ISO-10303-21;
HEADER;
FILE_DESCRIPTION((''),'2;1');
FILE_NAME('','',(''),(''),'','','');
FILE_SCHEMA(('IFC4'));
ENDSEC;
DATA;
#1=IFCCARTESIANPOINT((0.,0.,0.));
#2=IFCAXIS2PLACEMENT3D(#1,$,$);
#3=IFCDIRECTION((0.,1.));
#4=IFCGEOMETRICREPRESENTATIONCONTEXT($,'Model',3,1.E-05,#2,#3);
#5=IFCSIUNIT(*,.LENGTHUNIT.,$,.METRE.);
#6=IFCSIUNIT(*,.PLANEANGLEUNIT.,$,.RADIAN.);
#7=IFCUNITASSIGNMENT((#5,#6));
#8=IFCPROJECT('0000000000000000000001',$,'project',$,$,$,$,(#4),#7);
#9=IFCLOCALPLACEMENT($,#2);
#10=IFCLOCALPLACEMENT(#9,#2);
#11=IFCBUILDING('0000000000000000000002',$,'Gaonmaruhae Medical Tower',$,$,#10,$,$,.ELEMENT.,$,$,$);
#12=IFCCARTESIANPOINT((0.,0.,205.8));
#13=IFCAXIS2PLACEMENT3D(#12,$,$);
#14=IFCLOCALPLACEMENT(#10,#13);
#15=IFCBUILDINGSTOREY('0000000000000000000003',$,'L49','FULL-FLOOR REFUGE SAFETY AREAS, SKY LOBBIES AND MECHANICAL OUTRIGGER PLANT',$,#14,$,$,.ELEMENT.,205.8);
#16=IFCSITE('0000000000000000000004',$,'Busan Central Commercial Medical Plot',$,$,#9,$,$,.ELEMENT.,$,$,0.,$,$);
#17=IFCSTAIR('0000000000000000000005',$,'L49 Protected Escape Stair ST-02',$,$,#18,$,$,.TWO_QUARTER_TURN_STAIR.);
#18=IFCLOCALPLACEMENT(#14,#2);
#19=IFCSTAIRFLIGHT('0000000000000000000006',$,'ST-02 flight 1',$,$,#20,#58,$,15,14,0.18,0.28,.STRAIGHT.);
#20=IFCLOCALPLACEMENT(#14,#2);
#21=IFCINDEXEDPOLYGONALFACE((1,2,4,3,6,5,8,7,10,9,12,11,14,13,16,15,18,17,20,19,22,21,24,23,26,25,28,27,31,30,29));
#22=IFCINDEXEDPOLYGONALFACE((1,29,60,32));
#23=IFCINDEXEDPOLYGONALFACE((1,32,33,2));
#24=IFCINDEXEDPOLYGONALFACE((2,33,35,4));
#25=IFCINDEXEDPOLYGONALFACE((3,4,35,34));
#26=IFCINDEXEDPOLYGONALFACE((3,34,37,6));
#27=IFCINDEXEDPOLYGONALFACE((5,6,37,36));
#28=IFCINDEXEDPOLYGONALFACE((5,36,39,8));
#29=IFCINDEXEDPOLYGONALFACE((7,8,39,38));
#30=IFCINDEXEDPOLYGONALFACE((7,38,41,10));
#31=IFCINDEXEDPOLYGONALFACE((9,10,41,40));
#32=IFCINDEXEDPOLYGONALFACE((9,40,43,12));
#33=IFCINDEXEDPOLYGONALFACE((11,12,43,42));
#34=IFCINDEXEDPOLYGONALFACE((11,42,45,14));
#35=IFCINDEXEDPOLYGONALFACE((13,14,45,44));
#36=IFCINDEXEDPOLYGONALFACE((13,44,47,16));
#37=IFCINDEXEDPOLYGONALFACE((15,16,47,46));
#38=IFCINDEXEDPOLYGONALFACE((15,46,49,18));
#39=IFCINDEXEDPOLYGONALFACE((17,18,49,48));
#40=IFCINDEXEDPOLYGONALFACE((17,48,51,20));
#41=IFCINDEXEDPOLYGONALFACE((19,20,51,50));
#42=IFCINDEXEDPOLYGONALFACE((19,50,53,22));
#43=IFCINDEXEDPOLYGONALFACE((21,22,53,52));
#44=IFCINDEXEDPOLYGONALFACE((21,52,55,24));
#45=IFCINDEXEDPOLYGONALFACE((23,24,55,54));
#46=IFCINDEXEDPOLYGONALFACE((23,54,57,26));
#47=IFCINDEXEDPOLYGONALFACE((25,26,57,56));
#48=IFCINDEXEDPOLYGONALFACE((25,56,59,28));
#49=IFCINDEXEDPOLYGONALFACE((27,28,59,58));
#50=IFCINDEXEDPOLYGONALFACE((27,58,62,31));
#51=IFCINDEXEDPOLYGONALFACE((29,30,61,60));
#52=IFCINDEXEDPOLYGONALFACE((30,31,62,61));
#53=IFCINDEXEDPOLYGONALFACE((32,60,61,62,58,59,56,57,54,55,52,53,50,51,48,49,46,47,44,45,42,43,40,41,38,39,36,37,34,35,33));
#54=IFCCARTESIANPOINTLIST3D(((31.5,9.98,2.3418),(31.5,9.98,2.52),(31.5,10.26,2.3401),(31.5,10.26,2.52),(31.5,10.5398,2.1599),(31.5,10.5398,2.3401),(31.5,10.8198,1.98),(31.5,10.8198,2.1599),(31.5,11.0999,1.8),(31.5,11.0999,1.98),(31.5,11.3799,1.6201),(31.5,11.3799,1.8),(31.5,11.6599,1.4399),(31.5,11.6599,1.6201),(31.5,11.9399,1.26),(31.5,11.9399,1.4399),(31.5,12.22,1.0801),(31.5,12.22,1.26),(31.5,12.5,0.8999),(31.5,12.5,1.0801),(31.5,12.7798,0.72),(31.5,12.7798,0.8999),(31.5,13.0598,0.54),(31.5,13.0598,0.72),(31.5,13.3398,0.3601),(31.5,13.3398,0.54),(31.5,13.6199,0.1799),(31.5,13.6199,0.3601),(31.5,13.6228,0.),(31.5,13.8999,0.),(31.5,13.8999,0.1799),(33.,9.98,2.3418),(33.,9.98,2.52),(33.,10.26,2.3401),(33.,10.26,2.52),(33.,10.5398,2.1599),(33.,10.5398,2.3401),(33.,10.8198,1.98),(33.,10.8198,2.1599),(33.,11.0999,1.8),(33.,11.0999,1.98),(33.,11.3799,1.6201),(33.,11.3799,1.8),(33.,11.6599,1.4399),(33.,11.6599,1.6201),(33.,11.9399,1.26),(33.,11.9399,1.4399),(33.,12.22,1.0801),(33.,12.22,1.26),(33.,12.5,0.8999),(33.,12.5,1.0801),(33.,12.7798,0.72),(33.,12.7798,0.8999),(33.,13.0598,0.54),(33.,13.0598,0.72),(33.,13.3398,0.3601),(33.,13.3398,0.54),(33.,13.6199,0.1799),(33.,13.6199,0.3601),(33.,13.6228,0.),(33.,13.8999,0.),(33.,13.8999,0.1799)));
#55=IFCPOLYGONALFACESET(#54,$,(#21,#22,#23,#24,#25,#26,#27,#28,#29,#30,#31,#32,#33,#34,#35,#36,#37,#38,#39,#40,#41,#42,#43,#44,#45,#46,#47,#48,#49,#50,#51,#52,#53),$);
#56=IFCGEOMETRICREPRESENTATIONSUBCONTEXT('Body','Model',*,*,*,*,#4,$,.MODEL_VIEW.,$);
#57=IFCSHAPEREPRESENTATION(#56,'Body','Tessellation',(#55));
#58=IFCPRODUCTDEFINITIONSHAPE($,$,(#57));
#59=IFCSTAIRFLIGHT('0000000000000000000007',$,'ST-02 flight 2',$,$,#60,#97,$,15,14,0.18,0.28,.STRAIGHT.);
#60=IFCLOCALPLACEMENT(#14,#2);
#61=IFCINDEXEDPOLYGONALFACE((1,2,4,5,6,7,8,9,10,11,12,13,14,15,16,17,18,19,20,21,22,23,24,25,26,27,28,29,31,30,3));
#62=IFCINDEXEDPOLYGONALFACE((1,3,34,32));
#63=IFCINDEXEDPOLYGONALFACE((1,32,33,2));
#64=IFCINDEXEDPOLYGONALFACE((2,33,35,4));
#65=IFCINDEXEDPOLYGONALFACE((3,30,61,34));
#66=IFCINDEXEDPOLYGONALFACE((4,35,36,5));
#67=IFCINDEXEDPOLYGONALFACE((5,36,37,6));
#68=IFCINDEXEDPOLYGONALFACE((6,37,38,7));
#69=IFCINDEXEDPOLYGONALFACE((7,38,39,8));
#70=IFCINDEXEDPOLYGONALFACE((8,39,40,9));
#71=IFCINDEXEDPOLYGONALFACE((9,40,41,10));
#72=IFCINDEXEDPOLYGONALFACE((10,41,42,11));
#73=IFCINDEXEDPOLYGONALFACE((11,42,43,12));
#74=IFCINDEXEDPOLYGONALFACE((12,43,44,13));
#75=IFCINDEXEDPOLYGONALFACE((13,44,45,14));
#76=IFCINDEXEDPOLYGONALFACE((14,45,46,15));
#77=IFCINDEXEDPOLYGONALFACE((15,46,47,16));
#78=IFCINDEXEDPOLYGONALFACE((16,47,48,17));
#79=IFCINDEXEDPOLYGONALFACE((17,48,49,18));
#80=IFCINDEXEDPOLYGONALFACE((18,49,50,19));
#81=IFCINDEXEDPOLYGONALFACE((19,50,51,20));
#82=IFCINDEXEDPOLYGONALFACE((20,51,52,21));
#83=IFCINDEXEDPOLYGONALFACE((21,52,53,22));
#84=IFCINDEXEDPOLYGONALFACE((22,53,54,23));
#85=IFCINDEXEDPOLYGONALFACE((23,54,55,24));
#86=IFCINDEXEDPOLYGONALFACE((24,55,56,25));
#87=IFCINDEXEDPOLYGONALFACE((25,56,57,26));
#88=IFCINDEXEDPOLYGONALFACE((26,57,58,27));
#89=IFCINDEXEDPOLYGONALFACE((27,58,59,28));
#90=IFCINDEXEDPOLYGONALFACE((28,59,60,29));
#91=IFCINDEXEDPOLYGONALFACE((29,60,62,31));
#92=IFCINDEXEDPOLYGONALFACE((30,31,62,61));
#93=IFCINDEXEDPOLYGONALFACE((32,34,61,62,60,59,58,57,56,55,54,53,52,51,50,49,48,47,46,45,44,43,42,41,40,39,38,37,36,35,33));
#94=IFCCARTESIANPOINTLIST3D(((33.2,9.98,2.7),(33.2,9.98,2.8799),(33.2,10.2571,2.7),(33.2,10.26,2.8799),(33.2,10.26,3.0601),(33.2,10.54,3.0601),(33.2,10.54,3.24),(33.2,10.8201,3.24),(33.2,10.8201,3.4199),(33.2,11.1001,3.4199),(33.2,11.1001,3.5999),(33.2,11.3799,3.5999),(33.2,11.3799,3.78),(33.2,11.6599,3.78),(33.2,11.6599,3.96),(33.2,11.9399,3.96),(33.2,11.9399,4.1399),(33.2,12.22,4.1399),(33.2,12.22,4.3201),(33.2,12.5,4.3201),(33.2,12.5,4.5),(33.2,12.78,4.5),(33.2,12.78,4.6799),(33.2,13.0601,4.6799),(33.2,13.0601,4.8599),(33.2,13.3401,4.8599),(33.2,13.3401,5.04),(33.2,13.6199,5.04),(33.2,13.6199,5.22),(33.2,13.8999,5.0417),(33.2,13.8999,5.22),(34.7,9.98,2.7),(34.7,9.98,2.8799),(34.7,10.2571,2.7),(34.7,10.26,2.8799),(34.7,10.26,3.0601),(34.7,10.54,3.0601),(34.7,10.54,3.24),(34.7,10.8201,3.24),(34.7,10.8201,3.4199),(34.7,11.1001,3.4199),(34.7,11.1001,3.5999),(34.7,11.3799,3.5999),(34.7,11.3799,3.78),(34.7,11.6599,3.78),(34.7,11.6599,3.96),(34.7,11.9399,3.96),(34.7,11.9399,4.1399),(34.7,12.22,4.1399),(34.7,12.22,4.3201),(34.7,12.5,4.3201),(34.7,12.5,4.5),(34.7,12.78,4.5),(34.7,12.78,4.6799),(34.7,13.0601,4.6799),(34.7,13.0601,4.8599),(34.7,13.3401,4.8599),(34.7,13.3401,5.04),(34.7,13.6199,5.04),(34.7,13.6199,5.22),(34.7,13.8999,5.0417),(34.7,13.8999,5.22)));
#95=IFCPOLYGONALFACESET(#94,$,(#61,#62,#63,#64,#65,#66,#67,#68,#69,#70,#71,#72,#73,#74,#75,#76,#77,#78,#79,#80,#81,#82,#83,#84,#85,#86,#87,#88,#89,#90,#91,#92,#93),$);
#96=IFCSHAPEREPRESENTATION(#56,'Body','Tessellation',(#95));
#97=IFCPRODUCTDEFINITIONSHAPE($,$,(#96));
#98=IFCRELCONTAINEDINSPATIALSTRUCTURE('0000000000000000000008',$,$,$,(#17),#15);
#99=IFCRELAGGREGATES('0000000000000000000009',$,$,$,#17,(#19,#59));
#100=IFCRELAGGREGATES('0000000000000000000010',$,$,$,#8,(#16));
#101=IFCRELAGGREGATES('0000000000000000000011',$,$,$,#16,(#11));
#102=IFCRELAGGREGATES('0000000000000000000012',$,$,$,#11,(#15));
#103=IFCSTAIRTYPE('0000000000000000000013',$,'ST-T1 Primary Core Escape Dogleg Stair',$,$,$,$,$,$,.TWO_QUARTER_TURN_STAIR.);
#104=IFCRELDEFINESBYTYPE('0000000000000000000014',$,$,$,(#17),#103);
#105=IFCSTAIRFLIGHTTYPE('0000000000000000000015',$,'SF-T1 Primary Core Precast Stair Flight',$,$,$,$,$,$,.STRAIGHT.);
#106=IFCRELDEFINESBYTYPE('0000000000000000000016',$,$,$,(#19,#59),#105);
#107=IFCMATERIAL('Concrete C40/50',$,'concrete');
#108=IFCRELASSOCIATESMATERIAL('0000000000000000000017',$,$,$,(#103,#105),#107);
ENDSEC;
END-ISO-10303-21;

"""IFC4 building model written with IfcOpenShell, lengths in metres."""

from ifc_helpers import new_model, si_unit, direction, frame, origin, place, context, subcontext, project, spatial, polyline, outline, extrude, material, type_object, element, aggregate, save


model = new_model("IFC4")

# Units and contexts
model_context = context("Model", 3, precision=1e-05, world=origin(), true_north=direction((0.0, 1.0)))
body_context = subcontext(model_context, "Body", "Model", "MODEL_VIEW")
ifc_project = project(units=[si_unit("LENGTHUNIT", "METRE"), si_unit("PLANEANGLEUNIT", "RADIAN")], contexts=[model_context])

# Site, building, storey
site_placement = place(None, origin())
site = spatial("IfcSite", under=ifc_project, at=site_placement, Name="Busan Central Commercial Medical Plot", CompositionType="ELEMENT", RefElevation=0.0)
building_placement = place(site_placement, origin())
building = spatial("IfcBuilding", under=site, at=building_placement, Name="Gaonmaruhae Medical Tower", CompositionType="ELEMENT")
storey_placement = place(building_placement, frame((0.0, 0.0, 205.8)))
storey = spatial("IfcBuildingStorey", under=building, at=storey_placement, Name="L49", Description="FULL-FLOOR REFUGE SAFETY AREAS, SKY LOBBIES AND MECHANICAL OUTRIGGER PLANT", CompositionType="ELEMENT", Elevation=205.8)

# Stair, stair flights
ifc_material_1 = material(Name="Concrete C40/50", Category="concrete")
stair_type = type_object("IfcStairType", Name="ST-T1 Primary Core Escape Dogleg Stair", PredefinedType="TWO_QUARTER_TURN_STAIR", material=ifc_material_1)
stair_placement = place(storey_placement, origin())
stair = element("IfcStair", 1, at=stair_placement, inside=storey, type_object=stair_type, Name="L49 Protected Escape Stair ST-02", PredefinedType="TWO_QUARTER_TURN_STAIR")
stair_flight_type = type_object("IfcStairFlightType", Name="SF-T1 Primary Core Precast Stair Flight", PredefinedType="STRAIGHT", material=ifc_material_1)
stair_flight_1_placement = place(storey_placement, frame((32.25, 13.8999, 0.0), z_axis=(0.0, 0.0, 1.0), x_axis=(0.0, -1.0, 0.0)))
stair_flight_1 = element("IfcStairFlight", 2, at=stair_flight_1_placement, type_object=stair_flight_type, Name="ST-02 flight 1", NumberOfRisers=15, NumberOfTreads=14, PredefinedType="STRAIGHT", RiserHeight=0.18, TreadLength=0.28, context=body_context, shape_type="SweptSolid", body=[
    extrude(outline(polyline([(0.0, 0.0), (0.0, 0.1799), (0.28, 0.1799), (0.28, 0.3601), (0.5601, 0.3601), (0.5601, 0.54), (0.8401, 0.54), (0.8401, 0.72), (1.1201, 0.72), (1.1201, 0.8999), (1.3999, 0.8999), (1.3999, 1.0801), (1.6799, 1.0801), (1.6799, 1.26), (1.96, 1.26), (1.96, 1.4399), (2.24, 1.4399), (2.24, 1.6201), (2.52, 1.6201), (2.52, 1.8), (2.8, 1.8), (2.8, 1.98), (3.0801, 1.98), (3.0801, 2.1599), (3.3601, 2.1599), (3.3601, 2.3401), (3.6399, 2.3401), (3.6399, 2.52), (3.9199, 2.52), (3.9199, 2.7), (3.9199, 2.3418), (0.2771, 0.0), (0.0, 0.0)])), frame((0.0, 0.75, 0.0), z_axis=(0.0, -1.0, 0.0), x_axis=(1.0, 0.0, 0.0)), (0.0, 0.0, 1.0), 1.5),
])
stair_flight_2_placement = place(storey_placement, frame((33.95, 9.98, 2.7), z_axis=(0.0, 0.0, 1.0), x_axis=(0.0, 1.0, 0.0)))
stair_flight_2 = element("IfcStairFlight", 3, at=stair_flight_2_placement, type_object=stair_flight_type, Name="ST-02 flight 2", NumberOfRisers=15, NumberOfTreads=14, PredefinedType="STRAIGHT", RiserHeight=0.18, TreadLength=0.28, context=body_context, shape_type="SweptSolid", body=[
    extrude(outline(polyline([(0.0, 0.0), (0.0, 0.1799), (0.28, 0.1799), (0.28, 0.3601), (0.5601, 0.3601), (0.5601, 0.54), (0.8401, 0.54), (0.8401, 0.72), (1.1201, 0.72), (1.1201, 0.8999), (1.3999, 0.8999), (1.3999, 1.0801), (1.6799, 1.0801), (1.6799, 1.26), (1.96, 1.26), (1.96, 1.4399), (2.24, 1.4399), (2.24, 1.6201), (2.52, 1.6201), (2.52, 1.8), (2.8, 1.8), (2.8, 1.98), (3.0801, 1.98), (3.0801, 2.1599), (3.3601, 2.1599), (3.3601, 2.3401), (3.6399, 2.3401), (3.6399, 2.52), (3.9199, 2.52), (3.9199, 2.7), (3.9199, 2.3418), (0.2771, 0.0), (0.0, 0.0)])), frame((0.0, 0.75, 0.0), z_axis=(0.0, -1.0, 0.0), x_axis=(1.0, 0.0, 0.0)), (0.0, 0.0, 1.0), 1.5),
])
aggregate(stair, [stair_flight_1, stair_flight_2])

save(model, "model.ifc")
